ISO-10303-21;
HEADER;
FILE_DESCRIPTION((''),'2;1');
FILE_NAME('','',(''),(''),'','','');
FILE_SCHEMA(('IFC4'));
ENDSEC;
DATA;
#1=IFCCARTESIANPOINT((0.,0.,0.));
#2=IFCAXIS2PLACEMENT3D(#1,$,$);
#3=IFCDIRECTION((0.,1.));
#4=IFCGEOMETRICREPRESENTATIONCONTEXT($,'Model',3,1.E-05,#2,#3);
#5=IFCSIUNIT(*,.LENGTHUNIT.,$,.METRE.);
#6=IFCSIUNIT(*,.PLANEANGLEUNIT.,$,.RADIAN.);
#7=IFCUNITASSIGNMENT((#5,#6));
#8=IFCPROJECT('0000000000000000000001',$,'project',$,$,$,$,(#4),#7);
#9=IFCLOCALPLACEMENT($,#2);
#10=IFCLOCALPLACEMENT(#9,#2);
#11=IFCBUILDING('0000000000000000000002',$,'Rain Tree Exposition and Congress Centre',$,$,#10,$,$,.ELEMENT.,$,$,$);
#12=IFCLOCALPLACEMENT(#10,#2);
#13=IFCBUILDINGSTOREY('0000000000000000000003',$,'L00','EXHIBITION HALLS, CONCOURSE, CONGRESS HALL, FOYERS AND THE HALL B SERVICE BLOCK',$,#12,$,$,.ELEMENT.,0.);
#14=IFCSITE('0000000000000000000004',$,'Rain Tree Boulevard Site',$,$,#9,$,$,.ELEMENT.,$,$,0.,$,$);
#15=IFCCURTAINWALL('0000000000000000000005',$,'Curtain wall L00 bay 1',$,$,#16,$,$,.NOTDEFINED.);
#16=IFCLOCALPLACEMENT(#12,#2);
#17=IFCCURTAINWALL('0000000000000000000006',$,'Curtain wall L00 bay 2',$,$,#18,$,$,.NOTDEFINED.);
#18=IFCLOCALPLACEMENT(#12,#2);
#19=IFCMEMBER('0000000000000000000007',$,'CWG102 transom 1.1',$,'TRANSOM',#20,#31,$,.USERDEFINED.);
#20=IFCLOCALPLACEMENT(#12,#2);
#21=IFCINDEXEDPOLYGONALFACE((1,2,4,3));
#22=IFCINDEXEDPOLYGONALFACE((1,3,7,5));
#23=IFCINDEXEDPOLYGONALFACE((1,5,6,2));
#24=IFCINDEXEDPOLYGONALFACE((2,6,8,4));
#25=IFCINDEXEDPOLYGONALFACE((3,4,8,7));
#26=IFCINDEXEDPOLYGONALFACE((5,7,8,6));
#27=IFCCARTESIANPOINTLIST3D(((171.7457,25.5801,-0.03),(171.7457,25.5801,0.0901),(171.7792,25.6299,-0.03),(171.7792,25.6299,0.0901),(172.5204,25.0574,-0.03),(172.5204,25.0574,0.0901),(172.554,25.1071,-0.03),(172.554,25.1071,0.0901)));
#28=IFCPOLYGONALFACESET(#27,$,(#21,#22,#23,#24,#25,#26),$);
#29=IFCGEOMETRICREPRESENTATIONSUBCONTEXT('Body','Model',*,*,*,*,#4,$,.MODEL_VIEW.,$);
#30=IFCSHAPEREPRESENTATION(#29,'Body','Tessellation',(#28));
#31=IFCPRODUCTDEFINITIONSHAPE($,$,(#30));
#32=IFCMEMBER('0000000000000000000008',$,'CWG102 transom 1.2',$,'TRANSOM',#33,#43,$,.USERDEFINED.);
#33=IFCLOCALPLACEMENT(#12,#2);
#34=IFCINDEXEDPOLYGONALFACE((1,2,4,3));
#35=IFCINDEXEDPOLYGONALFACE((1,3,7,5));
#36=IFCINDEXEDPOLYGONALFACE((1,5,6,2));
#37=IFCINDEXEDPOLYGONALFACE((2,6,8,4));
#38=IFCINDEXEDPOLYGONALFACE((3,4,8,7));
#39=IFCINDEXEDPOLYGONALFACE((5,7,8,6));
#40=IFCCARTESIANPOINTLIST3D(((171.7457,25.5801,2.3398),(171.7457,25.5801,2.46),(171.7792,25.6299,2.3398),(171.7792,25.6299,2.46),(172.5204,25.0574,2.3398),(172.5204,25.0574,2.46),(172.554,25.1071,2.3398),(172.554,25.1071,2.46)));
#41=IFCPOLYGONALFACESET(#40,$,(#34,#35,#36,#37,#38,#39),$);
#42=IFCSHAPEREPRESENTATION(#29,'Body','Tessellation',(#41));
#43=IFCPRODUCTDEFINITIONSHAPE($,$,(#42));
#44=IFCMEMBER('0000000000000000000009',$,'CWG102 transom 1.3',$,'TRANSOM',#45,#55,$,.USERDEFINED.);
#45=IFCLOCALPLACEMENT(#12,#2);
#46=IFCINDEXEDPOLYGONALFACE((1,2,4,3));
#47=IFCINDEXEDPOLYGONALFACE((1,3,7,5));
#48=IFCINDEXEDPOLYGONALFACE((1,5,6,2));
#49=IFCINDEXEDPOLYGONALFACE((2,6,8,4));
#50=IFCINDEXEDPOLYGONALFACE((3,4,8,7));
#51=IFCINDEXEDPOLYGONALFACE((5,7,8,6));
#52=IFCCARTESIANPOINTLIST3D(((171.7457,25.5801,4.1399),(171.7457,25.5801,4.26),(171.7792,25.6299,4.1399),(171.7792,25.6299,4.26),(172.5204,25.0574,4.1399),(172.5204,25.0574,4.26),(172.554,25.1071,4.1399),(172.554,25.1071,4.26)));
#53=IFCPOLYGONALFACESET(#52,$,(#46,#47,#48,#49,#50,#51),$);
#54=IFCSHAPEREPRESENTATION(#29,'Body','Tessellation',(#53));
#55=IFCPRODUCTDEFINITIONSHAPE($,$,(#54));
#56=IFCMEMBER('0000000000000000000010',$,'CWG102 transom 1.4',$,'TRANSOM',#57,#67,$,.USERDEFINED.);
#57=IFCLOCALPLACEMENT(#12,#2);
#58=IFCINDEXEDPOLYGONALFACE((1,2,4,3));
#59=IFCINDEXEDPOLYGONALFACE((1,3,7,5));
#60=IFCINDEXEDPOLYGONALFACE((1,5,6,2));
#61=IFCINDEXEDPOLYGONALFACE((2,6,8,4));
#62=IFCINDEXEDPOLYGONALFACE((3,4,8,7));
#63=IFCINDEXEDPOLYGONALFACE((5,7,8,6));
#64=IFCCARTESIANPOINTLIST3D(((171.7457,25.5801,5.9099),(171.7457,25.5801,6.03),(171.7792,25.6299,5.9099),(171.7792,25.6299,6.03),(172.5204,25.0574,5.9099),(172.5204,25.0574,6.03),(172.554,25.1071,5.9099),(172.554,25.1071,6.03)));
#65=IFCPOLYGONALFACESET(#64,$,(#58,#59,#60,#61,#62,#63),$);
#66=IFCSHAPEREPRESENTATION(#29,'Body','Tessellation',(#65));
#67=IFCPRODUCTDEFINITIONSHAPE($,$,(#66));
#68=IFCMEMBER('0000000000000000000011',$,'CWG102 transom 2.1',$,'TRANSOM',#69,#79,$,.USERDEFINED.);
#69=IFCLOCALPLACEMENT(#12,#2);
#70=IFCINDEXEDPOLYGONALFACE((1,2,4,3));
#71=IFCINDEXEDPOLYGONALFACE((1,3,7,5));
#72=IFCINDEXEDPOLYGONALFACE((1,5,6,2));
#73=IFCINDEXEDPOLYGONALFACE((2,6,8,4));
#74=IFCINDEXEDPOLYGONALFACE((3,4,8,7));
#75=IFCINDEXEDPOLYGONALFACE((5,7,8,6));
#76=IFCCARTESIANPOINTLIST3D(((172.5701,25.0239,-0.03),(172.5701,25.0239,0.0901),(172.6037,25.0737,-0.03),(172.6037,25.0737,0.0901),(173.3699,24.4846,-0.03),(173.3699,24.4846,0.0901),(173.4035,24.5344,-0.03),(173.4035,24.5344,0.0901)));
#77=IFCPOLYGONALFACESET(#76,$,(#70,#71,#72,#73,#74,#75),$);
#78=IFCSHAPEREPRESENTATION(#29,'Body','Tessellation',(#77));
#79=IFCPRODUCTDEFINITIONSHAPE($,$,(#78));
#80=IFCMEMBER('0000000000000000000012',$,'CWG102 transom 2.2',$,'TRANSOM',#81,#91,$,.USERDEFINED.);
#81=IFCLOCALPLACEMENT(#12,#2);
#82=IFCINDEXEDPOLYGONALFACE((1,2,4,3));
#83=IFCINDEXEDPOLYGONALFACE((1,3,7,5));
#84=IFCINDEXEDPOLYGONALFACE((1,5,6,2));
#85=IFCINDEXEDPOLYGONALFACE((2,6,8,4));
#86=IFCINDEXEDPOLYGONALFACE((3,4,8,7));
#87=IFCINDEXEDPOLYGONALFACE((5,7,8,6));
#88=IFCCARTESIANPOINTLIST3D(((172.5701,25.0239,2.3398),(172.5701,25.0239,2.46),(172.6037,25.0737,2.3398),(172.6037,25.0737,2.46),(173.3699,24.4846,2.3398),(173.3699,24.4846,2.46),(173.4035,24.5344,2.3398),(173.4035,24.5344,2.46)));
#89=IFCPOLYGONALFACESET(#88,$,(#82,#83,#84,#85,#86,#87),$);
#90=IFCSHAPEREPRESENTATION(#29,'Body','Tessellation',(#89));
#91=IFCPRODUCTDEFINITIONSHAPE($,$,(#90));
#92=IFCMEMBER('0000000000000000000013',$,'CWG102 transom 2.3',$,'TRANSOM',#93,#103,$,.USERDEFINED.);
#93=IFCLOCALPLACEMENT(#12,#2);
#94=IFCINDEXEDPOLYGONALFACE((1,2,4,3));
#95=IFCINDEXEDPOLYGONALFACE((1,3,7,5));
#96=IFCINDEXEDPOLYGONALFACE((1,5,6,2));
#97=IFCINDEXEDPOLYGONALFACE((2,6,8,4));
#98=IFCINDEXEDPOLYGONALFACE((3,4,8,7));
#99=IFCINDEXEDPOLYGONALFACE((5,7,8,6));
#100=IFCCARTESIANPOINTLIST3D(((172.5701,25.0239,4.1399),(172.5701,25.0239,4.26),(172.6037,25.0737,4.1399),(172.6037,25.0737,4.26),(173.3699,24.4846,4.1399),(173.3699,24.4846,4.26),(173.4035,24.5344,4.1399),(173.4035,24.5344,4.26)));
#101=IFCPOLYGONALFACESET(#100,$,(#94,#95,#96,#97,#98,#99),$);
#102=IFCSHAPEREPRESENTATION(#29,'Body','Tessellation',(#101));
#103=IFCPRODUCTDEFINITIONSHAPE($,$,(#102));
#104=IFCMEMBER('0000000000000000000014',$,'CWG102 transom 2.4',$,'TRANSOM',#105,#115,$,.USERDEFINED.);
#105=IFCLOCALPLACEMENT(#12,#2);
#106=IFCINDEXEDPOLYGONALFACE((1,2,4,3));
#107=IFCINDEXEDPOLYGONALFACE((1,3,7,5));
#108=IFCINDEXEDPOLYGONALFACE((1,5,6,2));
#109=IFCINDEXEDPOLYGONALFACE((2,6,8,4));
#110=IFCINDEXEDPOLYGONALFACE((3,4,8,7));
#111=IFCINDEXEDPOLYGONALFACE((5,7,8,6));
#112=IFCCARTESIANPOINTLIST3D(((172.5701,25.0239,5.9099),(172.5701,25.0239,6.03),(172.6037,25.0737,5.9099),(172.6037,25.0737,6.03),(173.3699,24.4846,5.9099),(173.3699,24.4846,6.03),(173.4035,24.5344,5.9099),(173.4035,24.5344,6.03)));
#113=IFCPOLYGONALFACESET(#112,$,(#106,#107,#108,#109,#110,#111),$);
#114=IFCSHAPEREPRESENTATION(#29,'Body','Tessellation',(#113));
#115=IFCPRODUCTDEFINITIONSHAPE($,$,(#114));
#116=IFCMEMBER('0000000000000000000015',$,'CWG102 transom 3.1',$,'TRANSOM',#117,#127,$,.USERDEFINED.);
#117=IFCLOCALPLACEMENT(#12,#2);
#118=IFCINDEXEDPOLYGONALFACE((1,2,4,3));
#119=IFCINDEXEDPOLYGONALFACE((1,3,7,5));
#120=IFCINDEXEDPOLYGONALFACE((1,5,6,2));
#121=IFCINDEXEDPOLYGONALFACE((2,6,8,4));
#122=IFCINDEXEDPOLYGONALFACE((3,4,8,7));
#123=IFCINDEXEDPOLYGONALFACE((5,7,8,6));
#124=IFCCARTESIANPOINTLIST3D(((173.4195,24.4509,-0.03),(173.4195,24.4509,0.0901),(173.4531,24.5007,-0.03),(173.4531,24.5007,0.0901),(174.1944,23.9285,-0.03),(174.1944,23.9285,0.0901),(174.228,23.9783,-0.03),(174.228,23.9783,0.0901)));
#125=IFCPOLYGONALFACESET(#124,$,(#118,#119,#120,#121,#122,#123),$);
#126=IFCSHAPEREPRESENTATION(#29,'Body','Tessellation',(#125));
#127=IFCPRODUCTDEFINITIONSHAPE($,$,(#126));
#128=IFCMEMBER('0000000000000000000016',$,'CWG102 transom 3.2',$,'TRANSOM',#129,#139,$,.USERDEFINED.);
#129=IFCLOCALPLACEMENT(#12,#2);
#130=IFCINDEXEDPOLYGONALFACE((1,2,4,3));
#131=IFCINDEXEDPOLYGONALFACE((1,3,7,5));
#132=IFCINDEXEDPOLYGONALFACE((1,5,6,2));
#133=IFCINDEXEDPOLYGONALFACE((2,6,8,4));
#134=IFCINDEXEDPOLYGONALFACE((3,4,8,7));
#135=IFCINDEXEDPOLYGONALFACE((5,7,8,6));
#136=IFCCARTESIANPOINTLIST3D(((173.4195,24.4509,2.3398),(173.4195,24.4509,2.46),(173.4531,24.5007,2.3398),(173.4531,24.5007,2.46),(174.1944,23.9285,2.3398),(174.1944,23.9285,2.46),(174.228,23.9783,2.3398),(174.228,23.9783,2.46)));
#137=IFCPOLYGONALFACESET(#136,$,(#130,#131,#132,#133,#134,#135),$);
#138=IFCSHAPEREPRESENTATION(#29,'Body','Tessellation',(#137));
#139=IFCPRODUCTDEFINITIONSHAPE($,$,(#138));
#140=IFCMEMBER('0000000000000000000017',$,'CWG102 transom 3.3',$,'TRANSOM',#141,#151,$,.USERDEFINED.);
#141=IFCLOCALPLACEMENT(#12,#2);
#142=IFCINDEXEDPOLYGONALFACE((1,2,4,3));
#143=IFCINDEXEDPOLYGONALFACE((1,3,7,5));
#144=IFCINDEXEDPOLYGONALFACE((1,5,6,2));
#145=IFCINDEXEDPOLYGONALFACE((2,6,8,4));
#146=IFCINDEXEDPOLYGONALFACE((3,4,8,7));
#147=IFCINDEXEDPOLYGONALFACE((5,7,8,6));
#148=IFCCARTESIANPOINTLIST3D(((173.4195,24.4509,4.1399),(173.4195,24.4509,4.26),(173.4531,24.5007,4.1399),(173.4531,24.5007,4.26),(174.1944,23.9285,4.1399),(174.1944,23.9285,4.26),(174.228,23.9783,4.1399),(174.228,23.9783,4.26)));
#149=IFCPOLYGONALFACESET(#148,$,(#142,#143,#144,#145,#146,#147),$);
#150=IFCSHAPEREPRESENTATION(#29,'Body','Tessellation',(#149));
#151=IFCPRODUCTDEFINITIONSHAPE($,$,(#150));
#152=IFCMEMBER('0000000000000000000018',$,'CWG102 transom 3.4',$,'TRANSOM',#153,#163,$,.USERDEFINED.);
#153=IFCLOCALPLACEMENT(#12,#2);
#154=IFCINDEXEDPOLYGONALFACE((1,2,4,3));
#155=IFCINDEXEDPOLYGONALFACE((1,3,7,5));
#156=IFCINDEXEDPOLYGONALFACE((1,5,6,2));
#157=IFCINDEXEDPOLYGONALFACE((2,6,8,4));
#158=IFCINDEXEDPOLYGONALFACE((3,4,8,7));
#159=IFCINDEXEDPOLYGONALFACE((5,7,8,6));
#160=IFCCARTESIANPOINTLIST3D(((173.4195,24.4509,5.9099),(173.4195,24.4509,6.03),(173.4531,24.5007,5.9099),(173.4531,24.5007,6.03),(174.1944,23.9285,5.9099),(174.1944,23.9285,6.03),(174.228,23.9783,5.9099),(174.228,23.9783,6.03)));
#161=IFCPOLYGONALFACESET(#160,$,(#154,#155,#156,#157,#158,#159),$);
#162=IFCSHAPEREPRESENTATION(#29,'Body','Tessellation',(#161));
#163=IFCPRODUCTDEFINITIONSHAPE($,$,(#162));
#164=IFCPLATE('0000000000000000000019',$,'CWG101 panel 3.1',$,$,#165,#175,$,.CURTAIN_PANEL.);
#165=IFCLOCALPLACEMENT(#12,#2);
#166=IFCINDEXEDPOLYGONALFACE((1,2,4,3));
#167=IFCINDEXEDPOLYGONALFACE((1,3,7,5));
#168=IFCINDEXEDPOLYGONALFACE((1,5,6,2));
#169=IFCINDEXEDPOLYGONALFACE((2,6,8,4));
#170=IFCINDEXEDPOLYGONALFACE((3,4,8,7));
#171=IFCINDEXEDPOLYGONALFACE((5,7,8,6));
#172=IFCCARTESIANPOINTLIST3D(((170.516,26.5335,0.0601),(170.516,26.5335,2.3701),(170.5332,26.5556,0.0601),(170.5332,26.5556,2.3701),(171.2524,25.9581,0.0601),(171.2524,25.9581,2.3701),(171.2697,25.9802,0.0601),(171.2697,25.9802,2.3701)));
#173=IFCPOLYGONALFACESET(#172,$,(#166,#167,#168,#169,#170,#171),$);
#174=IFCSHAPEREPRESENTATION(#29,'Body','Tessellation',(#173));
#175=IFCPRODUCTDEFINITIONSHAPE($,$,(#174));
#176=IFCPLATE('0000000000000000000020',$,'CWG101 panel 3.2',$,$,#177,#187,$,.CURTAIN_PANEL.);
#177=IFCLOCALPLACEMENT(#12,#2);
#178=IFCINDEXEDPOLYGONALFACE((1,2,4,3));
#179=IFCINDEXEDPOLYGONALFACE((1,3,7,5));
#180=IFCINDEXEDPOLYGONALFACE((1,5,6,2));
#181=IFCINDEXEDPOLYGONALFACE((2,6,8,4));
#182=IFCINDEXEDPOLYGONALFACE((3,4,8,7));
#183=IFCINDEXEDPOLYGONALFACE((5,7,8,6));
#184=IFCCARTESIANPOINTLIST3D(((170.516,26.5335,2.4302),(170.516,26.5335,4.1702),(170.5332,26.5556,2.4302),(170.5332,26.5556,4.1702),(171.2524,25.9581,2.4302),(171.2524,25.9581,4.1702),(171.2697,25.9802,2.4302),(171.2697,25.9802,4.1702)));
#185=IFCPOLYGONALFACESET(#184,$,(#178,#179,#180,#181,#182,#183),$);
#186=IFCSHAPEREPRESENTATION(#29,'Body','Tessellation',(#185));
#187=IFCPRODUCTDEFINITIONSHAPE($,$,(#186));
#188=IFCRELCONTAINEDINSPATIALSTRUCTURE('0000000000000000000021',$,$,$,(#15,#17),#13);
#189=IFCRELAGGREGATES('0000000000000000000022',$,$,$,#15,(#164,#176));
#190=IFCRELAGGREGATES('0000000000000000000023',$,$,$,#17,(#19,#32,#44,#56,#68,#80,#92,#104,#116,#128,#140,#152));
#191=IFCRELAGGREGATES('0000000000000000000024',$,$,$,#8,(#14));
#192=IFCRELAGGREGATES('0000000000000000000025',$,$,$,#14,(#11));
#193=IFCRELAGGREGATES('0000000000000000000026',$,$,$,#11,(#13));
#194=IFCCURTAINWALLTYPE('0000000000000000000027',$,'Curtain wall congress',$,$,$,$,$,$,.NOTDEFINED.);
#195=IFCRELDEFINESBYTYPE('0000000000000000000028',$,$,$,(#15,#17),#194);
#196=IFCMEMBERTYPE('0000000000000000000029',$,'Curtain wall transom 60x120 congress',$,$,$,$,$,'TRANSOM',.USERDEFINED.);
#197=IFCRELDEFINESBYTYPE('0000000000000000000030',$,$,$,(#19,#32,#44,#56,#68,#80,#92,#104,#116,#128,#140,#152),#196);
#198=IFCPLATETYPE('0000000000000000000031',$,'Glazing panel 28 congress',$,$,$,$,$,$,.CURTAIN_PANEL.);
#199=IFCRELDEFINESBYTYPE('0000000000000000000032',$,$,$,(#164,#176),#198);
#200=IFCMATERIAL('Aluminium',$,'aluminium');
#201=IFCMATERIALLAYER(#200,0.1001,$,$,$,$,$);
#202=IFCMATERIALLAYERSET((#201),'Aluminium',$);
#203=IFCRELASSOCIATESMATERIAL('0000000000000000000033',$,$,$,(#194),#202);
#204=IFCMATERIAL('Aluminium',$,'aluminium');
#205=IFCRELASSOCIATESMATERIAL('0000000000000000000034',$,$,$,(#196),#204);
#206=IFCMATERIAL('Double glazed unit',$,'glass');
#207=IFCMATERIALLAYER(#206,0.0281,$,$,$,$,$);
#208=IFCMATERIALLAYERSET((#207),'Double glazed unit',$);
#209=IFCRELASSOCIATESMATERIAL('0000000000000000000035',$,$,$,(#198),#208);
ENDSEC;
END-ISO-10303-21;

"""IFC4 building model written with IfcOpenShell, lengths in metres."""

from ifc_helpers import new_model, si_unit, direction, frame, origin, origin_2d, place, context, subcontext, project, spatial, rectangle, extrude, material, layer, layer_set, material_profile, profile_set, type_object, element, aggregate, save


model = new_model("IFC4")

# Units and contexts
model_context = context("Model", 3, precision=1e-05, world=origin(), true_north=direction((0.0, 1.0)))
body_context = subcontext(model_context, "Body", "Model", "MODEL_VIEW")
ifc_project = project(units=[si_unit("LENGTHUNIT", "METRE"), si_unit("PLANEANGLEUNIT", "RADIAN")], contexts=[model_context])

# Site, building, storey
site_placement = place(None, origin())
site = spatial("IfcSite", under=ifc_project, at=site_placement, Name="Rain Tree Boulevard Site", CompositionType="ELEMENT", RefElevation=0.0)
building_placement = place(site_placement, origin())
building = spatial("IfcBuilding", under=site, at=building_placement, Name="Rain Tree Exposition and Congress Centre", CompositionType="ELEMENT")
storey_placement = place(building_placement, origin())
storey = spatial("IfcBuildingStorey", under=building, at=storey_placement, Name="L00", Description="EXHIBITION HALLS, CONCOURSE, CONGRESS HALL, FOYERS AND THE HALL B SERVICE BLOCK", CompositionType="ELEMENT", Elevation=0.0)

# Curtain wall
ifc_material_1 = material(Name="Aluminium", Category="aluminium")
ifc_layer_1 = layer(ifc_material_1, 0.1001)
ifc_layer_set_1 = layer_set([ifc_layer_1], Name="Aluminium")
curtain_wall_type = type_object("IfcCurtainWallType", Name="Curtain wall congress", PredefinedType="NOTDEFINED", material=ifc_layer_set_1)
curtain_wall_1_placement = place(storey_placement, origin())
curtain_wall_1 = element("IfcCurtainWall", 1, at=curtain_wall_1_placement, inside=storey, type_object=curtain_wall_type, Name="Curtain wall L00 bay 1", PredefinedType="NOTDEFINED")

# Curtain wall
curtain_wall_2_placement = place(storey_placement, origin())
curtain_wall_2 = element("IfcCurtainWall", 2, at=curtain_wall_2_placement, inside=storey, type_object=curtain_wall_type, Name="Curtain wall L00 bay 2", PredefinedType="NOTDEFINED")

# Members
ifc_material_2 = material(Name="Aluminium", Category="aluminium")
ifc_material_profile_1 = material_profile(ifc_material_2, rectangle(XDim=0.0601, YDim=0.1201, at=origin_2d()), Name="AL 60x120")
ifc_profile_set_1 = profile_set([ifc_material_profile_1], Name="Aluminium")
member_type_1 = type_object("IfcMemberType", Name="Curtain wall transom 60x120 congress", ElementType="TRANSOM", PredefinedType="USERDEFINED", material=ifc_profile_set_1)
member_1_placement = place(storey_placement, frame((171.7625, 25.605, 0.03), z_axis=(0.828943, -0.559334, 0.0), x_axis=(0.559334, 0.828943, 0.0)))
member_1 = element("IfcMember", 3, at=member_1_placement, type_object=member_type_1, Name="CWG102 transom 1.1", ObjectType="TRANSOM", PredefinedType="USERDEFINED", context=body_context, shape_type="SweptSolid", body=[
    extrude(rectangle(XDim=0.0601, YDim=0.1201, at=origin_2d()), origin(), (0.0, 0.0, 1.0), 0.9346),
])
member_2_placement = place(storey_placement, frame((171.7625, 25.605, 2.3999), z_axis=(0.828943, -0.559334, 0.0), x_axis=(0.559334, 0.828943, 0.0)))
member_2 = element("IfcMember", 4, at=member_2_placement, type_object=member_type_1, Name="CWG102 transom 1.2", ObjectType="TRANSOM", PredefinedType="USERDEFINED", context=body_context, shape_type="SweptSolid", body=[
    extrude(rectangle(XDim=0.0601, YDim=0.1201, at=origin_2d()), origin(), (0.0, 0.0, 1.0), 0.9346),
])
member_3_placement = place(storey_placement, frame((171.7625, 25.605, 4.2), z_axis=(0.828943, -0.559334, 0.0), x_axis=(0.559334, 0.828943, 0.0)))
member_3 = element("IfcMember", 5, at=member_3_placement, type_object=member_type_1, Name="CWG102 transom 1.3", ObjectType="TRANSOM", PredefinedType="USERDEFINED", context=body_context, shape_type="SweptSolid", body=[
    extrude(rectangle(XDim=0.0601, YDim=0.1201, at=origin_2d()), origin(), (0.0, 0.0, 1.0), 0.9346),
])
member_4_placement = place(storey_placement, frame((171.7625, 25.605, 5.97), z_axis=(0.828943, -0.559334, 0.0), x_axis=(0.559334, 0.828943, 0.0)))
member_4 = element("IfcMember", 6, at=member_4_placement, type_object=member_type_1, Name="CWG102 transom 1.4", ObjectType="TRANSOM", PredefinedType="USERDEFINED", context=body_context, shape_type="SweptSolid", body=[
    extrude(rectangle(XDim=0.0601, YDim=0.1201, at=origin_2d()), origin(), (0.0, 0.0, 1.0), 0.9346),
])
member_5_placement = place(storey_placement, frame((172.5869, 25.0488, 0.03), z_axis=(0.829119, -0.559073, 0.0), x_axis=(0.559073, 0.829119, 0.0)))
member_5 = element("IfcMember", 7, at=member_5_placement, type_object=member_type_1, Name="CWG102 transom 2.1", ObjectType="TRANSOM", PredefinedType="USERDEFINED", context=body_context, shape_type="SweptSolid", body=[
    extrude(rectangle(XDim=0.0601, YDim=0.1201, at=origin_2d()), origin(), (0.0, 0.0, 1.0), 0.9646),
])
member_6_placement = place(storey_placement, frame((172.5869, 25.0488, 2.3999), z_axis=(0.829119, -0.559073, 0.0), x_axis=(0.559073, 0.829119, 0.0)))
member_6 = element("IfcMember", 8, at=member_6_placement, type_object=member_type_1, Name="CWG102 transom 2.2", ObjectType="TRANSOM", PredefinedType="USERDEFINED", context=body_context, shape_type="SweptSolid", body=[
    extrude(rectangle(XDim=0.0601, YDim=0.1201, at=origin_2d()), origin(), (0.0, 0.0, 1.0), 0.9646),
])
member_7_placement = place(storey_placement, frame((172.5869, 25.0488, 4.2), z_axis=(0.829119, -0.559073, 0.0), x_axis=(0.559073, 0.829119, 0.0)))
member_7 = element("IfcMember", 9, at=member_7_placement, type_object=member_type_1, Name="CWG102 transom 2.3", ObjectType="TRANSOM", PredefinedType="USERDEFINED", context=body_context, shape_type="SweptSolid", body=[
    extrude(rectangle(XDim=0.0601, YDim=0.1201, at=origin_2d()), origin(), (0.0, 0.0, 1.0), 0.9646),
])
member_8_placement = place(storey_placement, frame((172.5869, 25.0488, 5.97), z_axis=(0.829119, -0.559073, 0.0), x_axis=(0.559073, 0.829119, 0.0)))
member_8 = element("IfcMember", 10, at=member_8_placement, type_object=member_type_1, Name="CWG102 transom 2.4", ObjectType="TRANSOM", PredefinedType="USERDEFINED", context=body_context, shape_type="SweptSolid", body=[
    extrude(rectangle(XDim=0.0601, YDim=0.1201, at=origin_2d()), origin(), (0.0, 0.0, 1.0), 0.9646),
])
member_9_placement = place(storey_placement, frame((173.4363, 24.4758, 0.03), z_axis=(0.829145, -0.559033, 0.0), x_axis=(0.559033, 0.829145, 0.0)))
member_9 = element("IfcMember", 11, at=member_9_placement, type_object=member_type_1, Name="CWG102 transom 3.1", ObjectType="TRANSOM", PredefinedType="USERDEFINED", context=body_context, shape_type="SweptSolid", body=[
    extrude(rectangle(XDim=0.0601, YDim=0.1201, at=origin_2d()), origin(), (0.0, 0.0, 1.0), 0.9346),
])
member_10_placement = place(storey_placement, frame((173.4363, 24.4758, 2.3999), z_axis=(0.829145, -0.559033, 0.0), x_axis=(0.559033, 0.829145, 0.0)))
member_10 = element("IfcMember", 12, at=member_10_placement, type_object=member_type_1, Name="CWG102 transom 3.2", ObjectType="TRANSOM", PredefinedType="USERDEFINED", context=body_context, shape_type="SweptSolid", body=[
    extrude(rectangle(XDim=0.0601, YDim=0.1201, at=origin_2d()), origin(), (0.0, 0.0, 1.0), 0.9346),
])
member_11_placement = place(storey_placement, frame((173.4363, 24.4758, 4.2), z_axis=(0.829145, -0.559033, 0.0), x_axis=(0.559033, 0.829145, 0.0)))
member_11 = element("IfcMember", 13, at=member_11_placement, type_object=member_type_1, Name="CWG102 transom 3.3", ObjectType="TRANSOM", PredefinedType="USERDEFINED", context=body_context, shape_type="SweptSolid", body=[
    extrude(rectangle(XDim=0.0601, YDim=0.1201, at=origin_2d()), origin(), (0.0, 0.0, 1.0), 0.9346),
])
member_12_placement = place(storey_placement, frame((173.4363, 24.4758, 5.97), z_axis=(0.829145, -0.559033, 0.0), x_axis=(0.559033, 0.829145, 0.0)))
member_12 = element("IfcMember", 14, at=member_12_placement, type_object=member_type_1, Name="CWG102 transom 3.4", ObjectType="TRANSOM", PredefinedType="USERDEFINED", context=body_context, shape_type="SweptSolid", body=[
    extrude(rectangle(XDim=0.0601, YDim=0.1201, at=origin_2d()), origin(), (0.0, 0.0, 1.0), 0.9346),
])

# Plates
ifc_material_3 = material(Name="Double glazed unit", Category="glass")
ifc_layer_2 = layer(ifc_material_3, 0.0281)
ifc_layer_set_2 = layer_set([ifc_layer_2], Name="Double glazed unit")
plate_type = type_object("IfcPlateType", Name="Glazing panel 28 congress", PredefinedType="CURTAIN_PANEL", material=ifc_layer_set_2)
plate_1_placement = place(storey_placement, frame((170.8928, 26.2568, 0.0601), z_axis=(0.0, 0.0, 1.0), x_axis=(0.788003, -0.615671, 0.0)))
plate_1 = element("IfcPlate", 15, at=plate_1_placement, type_object=plate_type, Name="CWG101 panel 3.1", PredefinedType="CURTAIN_PANEL", context=body_context, shape_type="SweptSolid", body=[
    extrude(rectangle(XDim=0.9346, YDim=0.0281, at=origin_2d()), origin(), (0.0, 0.0, 1.0), 2.3101),
])
plate_2_placement = place(storey_placement, frame((170.8928, 26.2568, 2.4302), z_axis=(0.0, 0.0, 1.0), x_axis=(0.788003, -0.615671, 0.0)))
plate_2 = element("IfcPlate", 16, at=plate_2_placement, type_object=plate_type, Name="CWG101 panel 3.2", PredefinedType="CURTAIN_PANEL", context=body_context, shape_type="SweptSolid", body=[
    extrude(rectangle(XDim=0.9346, YDim=0.0281, at=origin_2d()), origin(), (0.0, 0.0, 1.0), 1.74),
])
aggregate(curtain_wall_1, [plate_1, plate_2])
aggregate(curtain_wall_2, [member_1, member_2, member_3, member_4, member_5, member_6, member_7, member_8, member_9, member_10, member_11, member_12])

save(model, "model.ifc")
